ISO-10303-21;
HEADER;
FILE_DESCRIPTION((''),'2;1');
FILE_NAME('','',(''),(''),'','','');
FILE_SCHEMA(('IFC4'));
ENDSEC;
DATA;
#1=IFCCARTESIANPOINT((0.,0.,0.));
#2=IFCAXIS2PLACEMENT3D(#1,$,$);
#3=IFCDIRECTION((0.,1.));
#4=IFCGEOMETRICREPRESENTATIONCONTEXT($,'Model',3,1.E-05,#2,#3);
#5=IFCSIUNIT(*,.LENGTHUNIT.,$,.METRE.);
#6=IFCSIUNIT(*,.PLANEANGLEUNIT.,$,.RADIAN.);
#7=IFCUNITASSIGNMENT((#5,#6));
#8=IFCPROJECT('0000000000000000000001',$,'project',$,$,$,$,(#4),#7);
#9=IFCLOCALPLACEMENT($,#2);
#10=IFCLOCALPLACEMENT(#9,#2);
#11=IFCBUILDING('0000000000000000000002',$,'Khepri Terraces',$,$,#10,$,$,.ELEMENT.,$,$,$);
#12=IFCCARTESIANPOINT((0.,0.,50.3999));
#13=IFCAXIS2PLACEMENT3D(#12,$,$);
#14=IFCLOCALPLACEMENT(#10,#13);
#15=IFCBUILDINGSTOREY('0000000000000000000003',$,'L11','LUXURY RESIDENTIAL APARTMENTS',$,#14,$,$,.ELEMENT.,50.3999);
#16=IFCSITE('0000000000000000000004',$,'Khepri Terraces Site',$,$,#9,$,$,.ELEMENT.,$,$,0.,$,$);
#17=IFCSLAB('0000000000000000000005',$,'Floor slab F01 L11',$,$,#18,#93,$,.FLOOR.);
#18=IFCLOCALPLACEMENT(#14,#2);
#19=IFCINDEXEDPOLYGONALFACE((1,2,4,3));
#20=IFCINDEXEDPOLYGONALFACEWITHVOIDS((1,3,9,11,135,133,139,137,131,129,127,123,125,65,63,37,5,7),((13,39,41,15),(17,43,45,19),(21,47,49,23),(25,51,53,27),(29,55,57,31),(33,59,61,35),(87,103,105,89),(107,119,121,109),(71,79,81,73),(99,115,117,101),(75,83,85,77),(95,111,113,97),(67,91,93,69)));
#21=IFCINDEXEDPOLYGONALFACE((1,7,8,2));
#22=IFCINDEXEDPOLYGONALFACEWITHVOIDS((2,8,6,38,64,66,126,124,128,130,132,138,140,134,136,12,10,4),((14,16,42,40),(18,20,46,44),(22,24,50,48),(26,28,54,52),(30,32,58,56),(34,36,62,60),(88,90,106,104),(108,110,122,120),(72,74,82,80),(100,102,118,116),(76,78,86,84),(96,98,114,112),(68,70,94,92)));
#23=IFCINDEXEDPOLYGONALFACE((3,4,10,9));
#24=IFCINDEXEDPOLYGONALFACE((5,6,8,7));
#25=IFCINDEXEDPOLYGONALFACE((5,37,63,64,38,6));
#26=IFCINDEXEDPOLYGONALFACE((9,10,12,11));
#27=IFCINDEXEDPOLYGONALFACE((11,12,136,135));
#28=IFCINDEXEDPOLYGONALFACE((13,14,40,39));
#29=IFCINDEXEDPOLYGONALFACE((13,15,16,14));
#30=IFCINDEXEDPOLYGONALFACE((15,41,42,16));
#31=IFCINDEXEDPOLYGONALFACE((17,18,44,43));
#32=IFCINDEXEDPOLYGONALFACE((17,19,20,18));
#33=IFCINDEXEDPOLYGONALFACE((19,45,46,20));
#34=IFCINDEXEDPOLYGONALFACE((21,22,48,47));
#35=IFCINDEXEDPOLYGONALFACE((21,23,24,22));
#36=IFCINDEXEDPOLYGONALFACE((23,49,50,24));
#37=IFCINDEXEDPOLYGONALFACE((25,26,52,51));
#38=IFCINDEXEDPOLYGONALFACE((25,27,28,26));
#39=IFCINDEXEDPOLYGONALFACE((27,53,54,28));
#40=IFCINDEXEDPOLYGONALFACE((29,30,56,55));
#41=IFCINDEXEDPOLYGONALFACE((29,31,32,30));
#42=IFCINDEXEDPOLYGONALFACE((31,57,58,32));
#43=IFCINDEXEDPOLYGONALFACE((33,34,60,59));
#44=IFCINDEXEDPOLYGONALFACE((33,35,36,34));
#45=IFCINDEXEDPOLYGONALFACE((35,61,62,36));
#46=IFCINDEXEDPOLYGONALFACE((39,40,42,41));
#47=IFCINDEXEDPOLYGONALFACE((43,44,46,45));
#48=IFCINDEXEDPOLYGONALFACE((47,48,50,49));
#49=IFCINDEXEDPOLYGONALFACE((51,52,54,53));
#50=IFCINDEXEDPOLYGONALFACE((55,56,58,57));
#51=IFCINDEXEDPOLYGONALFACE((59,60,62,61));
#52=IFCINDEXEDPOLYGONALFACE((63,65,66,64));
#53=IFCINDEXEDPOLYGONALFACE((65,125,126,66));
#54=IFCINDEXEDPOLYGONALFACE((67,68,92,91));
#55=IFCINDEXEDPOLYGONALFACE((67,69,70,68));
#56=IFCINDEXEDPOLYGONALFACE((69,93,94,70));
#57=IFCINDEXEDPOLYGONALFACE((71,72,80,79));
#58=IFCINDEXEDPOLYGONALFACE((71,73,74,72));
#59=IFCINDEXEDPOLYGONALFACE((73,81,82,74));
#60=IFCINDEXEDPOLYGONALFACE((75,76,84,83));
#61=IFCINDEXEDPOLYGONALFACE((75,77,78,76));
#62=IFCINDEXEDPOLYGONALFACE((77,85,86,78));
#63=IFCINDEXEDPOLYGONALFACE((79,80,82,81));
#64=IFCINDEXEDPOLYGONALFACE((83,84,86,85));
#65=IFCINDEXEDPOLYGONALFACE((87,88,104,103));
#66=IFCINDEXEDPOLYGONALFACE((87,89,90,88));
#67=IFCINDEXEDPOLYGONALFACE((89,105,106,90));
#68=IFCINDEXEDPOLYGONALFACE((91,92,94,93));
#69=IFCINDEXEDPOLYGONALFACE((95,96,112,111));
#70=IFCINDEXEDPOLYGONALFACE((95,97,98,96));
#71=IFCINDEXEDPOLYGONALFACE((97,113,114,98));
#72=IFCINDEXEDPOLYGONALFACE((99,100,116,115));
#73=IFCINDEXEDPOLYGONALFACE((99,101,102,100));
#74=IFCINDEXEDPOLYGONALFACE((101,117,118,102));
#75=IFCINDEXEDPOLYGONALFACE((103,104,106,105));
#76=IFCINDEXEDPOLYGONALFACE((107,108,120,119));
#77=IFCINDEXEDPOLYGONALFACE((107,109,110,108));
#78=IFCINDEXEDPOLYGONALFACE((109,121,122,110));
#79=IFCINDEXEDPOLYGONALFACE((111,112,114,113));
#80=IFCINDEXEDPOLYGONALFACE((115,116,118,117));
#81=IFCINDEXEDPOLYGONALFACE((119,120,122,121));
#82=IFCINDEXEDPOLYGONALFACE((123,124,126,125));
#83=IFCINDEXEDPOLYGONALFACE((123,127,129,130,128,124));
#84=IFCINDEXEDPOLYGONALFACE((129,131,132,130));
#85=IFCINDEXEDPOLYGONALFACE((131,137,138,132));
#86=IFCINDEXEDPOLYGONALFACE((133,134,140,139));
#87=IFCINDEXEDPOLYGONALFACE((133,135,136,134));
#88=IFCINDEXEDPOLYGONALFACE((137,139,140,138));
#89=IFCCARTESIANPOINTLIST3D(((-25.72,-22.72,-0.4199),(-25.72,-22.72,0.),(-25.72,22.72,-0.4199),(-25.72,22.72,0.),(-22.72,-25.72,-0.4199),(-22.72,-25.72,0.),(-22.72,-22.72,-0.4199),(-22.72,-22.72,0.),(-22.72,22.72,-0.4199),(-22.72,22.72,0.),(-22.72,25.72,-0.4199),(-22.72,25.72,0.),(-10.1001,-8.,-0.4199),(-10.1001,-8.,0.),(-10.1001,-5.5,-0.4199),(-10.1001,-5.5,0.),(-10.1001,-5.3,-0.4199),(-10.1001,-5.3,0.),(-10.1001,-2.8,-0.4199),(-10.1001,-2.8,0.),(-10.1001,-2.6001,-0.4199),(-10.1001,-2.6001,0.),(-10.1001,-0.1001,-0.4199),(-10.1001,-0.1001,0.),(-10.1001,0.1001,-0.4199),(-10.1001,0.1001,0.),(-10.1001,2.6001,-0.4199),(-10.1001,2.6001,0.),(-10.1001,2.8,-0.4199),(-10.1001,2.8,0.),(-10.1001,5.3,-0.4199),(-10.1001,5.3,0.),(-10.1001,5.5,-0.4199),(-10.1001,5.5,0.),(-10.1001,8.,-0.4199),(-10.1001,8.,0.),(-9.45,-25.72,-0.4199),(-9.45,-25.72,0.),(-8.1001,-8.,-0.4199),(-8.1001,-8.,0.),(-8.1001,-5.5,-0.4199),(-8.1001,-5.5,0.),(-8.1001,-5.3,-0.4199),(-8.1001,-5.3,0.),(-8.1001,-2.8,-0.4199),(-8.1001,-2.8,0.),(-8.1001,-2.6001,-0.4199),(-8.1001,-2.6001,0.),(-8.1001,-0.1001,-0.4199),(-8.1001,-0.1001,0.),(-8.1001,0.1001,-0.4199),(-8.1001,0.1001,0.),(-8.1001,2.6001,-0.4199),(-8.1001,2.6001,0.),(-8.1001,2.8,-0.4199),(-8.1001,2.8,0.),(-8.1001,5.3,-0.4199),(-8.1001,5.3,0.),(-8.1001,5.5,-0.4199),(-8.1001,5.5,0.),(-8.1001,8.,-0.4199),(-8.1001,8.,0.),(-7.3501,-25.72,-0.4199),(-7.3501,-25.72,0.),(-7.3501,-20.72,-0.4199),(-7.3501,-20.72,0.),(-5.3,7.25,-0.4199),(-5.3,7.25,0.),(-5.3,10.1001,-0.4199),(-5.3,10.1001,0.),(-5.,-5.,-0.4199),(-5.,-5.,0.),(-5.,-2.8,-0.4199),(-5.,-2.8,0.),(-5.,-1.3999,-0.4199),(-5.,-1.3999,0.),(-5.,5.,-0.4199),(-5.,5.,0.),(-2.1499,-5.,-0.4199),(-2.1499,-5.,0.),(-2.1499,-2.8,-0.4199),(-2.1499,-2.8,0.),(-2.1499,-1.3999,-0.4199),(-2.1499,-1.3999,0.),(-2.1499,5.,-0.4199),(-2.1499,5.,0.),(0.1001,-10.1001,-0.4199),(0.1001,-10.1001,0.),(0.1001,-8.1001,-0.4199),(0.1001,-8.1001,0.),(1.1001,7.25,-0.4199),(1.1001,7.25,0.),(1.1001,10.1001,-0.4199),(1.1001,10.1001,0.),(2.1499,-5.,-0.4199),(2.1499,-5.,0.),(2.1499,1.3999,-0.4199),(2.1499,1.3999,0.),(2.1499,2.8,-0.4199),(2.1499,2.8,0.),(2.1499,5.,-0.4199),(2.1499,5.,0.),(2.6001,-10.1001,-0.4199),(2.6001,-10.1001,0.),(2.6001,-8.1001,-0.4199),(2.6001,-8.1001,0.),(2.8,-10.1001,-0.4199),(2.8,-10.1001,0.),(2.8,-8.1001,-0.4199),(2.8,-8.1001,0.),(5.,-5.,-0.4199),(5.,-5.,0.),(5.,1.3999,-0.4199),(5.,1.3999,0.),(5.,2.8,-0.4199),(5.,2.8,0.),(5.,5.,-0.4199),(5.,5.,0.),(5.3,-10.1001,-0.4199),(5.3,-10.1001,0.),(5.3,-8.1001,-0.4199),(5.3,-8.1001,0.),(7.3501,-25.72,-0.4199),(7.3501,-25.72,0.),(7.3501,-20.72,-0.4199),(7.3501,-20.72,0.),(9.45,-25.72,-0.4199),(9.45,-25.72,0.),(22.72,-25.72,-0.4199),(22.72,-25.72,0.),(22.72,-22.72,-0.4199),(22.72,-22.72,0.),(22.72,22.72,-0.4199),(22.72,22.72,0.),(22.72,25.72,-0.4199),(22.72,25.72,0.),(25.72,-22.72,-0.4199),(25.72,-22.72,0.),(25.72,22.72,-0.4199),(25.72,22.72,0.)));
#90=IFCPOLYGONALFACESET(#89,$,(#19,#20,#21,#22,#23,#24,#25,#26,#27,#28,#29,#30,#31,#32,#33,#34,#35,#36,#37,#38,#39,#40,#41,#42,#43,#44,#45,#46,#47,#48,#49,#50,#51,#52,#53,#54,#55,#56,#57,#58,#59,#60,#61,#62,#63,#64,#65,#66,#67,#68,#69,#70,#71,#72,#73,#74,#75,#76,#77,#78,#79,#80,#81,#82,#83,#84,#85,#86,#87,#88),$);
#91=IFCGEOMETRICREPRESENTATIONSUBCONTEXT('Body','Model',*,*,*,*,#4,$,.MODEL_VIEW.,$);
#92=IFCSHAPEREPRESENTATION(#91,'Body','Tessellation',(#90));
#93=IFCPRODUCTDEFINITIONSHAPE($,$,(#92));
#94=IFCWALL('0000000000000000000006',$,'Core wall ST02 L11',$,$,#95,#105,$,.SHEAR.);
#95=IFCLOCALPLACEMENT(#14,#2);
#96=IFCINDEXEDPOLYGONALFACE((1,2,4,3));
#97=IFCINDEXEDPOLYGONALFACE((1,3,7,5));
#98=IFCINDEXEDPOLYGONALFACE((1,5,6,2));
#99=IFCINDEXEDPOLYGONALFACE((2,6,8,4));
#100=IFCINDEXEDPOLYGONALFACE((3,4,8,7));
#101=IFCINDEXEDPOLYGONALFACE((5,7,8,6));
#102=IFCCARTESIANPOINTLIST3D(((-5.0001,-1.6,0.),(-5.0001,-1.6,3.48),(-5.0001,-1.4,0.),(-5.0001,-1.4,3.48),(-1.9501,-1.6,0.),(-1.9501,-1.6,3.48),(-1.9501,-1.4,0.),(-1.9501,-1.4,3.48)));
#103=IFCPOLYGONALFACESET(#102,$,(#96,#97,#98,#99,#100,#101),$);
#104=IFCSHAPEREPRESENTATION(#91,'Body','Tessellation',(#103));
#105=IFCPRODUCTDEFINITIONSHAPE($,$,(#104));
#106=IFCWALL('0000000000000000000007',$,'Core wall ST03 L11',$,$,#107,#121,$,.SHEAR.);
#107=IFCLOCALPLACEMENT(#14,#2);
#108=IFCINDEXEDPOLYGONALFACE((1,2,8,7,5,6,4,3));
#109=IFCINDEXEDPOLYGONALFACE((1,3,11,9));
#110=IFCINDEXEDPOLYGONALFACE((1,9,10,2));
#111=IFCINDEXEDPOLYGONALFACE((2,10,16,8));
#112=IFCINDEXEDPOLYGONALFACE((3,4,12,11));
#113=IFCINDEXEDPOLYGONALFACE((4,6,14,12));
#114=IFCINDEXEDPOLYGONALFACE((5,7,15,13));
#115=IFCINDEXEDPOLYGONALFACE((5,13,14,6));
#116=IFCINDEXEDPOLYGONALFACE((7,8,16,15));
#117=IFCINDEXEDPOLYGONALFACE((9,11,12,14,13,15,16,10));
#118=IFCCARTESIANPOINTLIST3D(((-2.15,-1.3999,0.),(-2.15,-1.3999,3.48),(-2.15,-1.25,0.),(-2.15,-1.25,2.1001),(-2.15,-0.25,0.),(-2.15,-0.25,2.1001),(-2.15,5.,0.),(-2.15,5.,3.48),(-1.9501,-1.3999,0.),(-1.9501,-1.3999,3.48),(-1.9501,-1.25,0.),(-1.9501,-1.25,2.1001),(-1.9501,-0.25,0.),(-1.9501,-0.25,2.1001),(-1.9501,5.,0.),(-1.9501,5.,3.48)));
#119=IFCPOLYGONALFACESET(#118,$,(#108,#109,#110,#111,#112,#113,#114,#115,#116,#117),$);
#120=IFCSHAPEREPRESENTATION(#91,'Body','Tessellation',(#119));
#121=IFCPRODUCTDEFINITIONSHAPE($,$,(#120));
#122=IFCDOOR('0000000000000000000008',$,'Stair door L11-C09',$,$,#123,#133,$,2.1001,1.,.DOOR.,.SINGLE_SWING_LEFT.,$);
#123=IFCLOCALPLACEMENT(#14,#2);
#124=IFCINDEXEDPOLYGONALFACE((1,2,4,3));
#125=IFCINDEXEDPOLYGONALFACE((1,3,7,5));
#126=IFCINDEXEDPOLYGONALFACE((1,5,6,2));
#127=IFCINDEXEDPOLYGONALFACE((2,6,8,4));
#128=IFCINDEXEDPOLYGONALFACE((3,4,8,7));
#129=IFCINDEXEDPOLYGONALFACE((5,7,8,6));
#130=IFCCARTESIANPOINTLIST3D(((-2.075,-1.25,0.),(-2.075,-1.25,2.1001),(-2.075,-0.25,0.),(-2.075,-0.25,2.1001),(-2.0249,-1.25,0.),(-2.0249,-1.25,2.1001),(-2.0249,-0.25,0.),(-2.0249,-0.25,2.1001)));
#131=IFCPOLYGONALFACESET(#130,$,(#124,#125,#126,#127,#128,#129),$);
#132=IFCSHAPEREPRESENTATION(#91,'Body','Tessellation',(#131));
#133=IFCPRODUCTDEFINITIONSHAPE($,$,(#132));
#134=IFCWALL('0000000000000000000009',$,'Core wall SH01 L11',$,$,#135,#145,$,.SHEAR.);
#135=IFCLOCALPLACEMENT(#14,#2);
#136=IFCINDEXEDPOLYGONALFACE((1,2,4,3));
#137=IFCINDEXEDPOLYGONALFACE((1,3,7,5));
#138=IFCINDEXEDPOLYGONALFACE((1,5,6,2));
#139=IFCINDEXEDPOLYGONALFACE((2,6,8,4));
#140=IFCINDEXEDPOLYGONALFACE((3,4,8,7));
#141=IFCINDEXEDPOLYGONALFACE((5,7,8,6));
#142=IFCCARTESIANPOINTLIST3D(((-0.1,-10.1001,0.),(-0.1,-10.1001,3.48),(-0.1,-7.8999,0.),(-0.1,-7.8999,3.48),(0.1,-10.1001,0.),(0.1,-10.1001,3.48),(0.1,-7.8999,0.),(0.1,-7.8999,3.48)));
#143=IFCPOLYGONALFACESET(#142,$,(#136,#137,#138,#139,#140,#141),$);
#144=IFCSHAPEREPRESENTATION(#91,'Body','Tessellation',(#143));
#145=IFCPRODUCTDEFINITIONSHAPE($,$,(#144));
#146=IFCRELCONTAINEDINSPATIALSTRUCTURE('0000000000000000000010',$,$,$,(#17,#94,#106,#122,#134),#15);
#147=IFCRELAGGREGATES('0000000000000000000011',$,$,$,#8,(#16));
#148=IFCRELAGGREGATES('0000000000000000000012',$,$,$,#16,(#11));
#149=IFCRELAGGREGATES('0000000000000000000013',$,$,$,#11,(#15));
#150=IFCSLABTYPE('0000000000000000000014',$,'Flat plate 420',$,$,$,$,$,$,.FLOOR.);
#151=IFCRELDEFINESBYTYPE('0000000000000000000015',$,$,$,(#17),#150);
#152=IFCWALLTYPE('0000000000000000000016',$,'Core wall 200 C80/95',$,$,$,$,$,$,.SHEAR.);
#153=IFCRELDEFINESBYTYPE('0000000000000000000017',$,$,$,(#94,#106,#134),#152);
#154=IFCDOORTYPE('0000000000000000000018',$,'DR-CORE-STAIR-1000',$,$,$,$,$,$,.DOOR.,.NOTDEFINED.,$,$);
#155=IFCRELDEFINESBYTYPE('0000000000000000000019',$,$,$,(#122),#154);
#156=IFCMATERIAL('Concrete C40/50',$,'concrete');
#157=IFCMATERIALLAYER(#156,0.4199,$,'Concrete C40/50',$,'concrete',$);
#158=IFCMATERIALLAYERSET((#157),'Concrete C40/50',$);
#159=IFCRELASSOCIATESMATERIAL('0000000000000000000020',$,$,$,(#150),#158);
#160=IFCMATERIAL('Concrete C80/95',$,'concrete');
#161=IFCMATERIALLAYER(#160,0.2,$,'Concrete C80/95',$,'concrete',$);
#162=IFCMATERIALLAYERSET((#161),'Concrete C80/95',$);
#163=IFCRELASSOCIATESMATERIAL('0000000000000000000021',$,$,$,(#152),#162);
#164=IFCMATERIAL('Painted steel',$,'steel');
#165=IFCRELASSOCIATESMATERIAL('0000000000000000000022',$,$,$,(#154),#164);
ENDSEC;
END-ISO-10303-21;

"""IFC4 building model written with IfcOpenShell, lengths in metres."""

from ifc_helpers import new_model, si_unit, direction, frame, frame_2d, origin, place, context, subcontext, project, spatial, polyline, rectangle, outline, extrude, material, layer, layer_set, type_object, element, fill, save


model = new_model("IFC4")

# Units and contexts
model_context = context("Model", 3, precision=1e-05, world=origin(), true_north=direction((0.0, 1.0)))
body_context = subcontext(model_context, "Body", "Model", "MODEL_VIEW")
ifc_project = project(units=[si_unit("LENGTHUNIT", "METRE"), si_unit("PLANEANGLEUNIT", "RADIAN")], contexts=[model_context])

# Site, building, storey
site_placement = place(None, origin())
site = spatial("IfcSite", under=ifc_project, at=site_placement, Name="Khepri Terraces Site", CompositionType="ELEMENT", RefElevation=0.0)
building_placement = place(site_placement, origin())
building = spatial("IfcBuilding", under=site, at=building_placement, Name="Khepri Terraces", CompositionType="ELEMENT")
storey_placement = place(building_placement, frame((0.0, 0.0, 50.3999)))
storey = spatial("IfcBuildingStorey", under=building, at=storey_placement, Name="L11", Description="LUXURY RESIDENTIAL APARTMENTS", CompositionType="ELEMENT", Elevation=50.3999)

# Slab
ifc_material_1 = material(Name="Concrete C40/50", Category="concrete")
ifc_layer_1 = layer(ifc_material_1, 0.4199, Name="Concrete C40/50", Category="concrete")
ifc_layer_set_1 = layer_set([ifc_layer_1], Name="Concrete C40/50")
slab_type = type_object("IfcSlabType", Name="Flat plate 420", PredefinedType="FLOOR", material=ifc_layer_set_1)
slab_placement = place(storey_placement, frame((0.0, 0.0, -0.4199)))
element("IfcSlab", 1, at=slab_placement, inside=storey, type_object=slab_type, Name="Floor slab F01 L11", PredefinedType="FLOOR", context=body_context, shape_type="SweptSolid", body=[
    extrude(outline(polyline([(22.72, -25.72), (9.45, -25.72), (7.3501, -25.72), (7.3501, -20.72), (-7.3501, -20.72), (-7.3501, -25.72), (-9.45, -25.72), (-22.72, -25.72), (-22.72, -22.72), (-25.72, -22.72), (-25.72, 22.72), (-22.72, 22.72), (-22.72, 25.72), (22.72, 25.72), (22.72, 22.72), (25.72, 22.72), (25.72, -22.72), (22.72, -22.72), (22.72, -25.72)]), holes=[polyline([(5.0, 5.0), (2.1499, 5.0), (2.1499, 2.8), (5.0, 2.8), (5.0, 5.0)]), polyline([(-2.1499, -5.0), (-2.1499, -2.8), (-5.0, -2.8), (-5.0, -5.0), (-2.1499, -5.0)]), polyline([(-10.1001, -8.0), (-8.1001, -8.0), (-8.1001, -5.5), (-10.1001, -5.5), (-10.1001, -8.0)]), polyline([(-10.1001, -2.8), (-10.1001, -5.3), (-8.1001, -5.3), (-8.1001, -2.8), (-10.1001, -2.8)]), polyline([(-8.1001, -0.1001), (-10.1001, -0.1001), (-10.1001, -2.6001), (-8.1001, -2.6001), (-8.1001, -0.1001)]), polyline([(-8.1001, 0.1001), (-8.1001, 2.6001), (-10.1001, 2.6001), (-10.1001, 0.1001), (-8.1001, 0.1001)]), polyline([(-10.1001, 2.8), (-8.1001, 2.8), (-8.1001, 5.3), (-10.1001, 5.3), (-10.1001, 2.8)]), polyline([(-10.1001, 8.0), (-10.1001, 5.5), (-8.1001, 5.5), (-8.1001, 8.0), (-10.1001, 8.0)]), polyline([(2.6001, -8.1001), (0.1001, -8.1001), (0.1001, -10.1001), (2.6001, -10.1001), (2.6001, -8.1001)]), polyline([(5.3, -10.1001), (5.3, -8.1001), (2.8, -8.1001), (2.8, -10.1001), (5.3, -10.1001)]), polyline([(-5.0, -1.3999), (-2.1499, -1.3999), (-2.1499, 5.0), (-5.0, 5.0), (-5.0, -1.3999)]), polyline([(5.0, -5.0), (5.0, 1.3999), (2.1499, 1.3999), (2.1499, -5.0), (5.0, -5.0)]), polyline([(-5.3, 10.1001), (-5.3, 7.25), (1.1001, 7.25), (1.1001, 10.1001), (-5.3, 10.1001)])]), origin(), (0.0, 0.0, 1.0), 0.4199),
])

# Wall
ifc_material_2 = material(Name="Concrete C80/95", Category="concrete")
ifc_layer_2 = layer(ifc_material_2, 0.2, Name="Concrete C80/95", Category="concrete")
ifc_layer_set_2 = layer_set([ifc_layer_2], Name="Concrete C80/95")
wall_type_1 = type_object("IfcWallType", Name="Core wall 200 C80/95", PredefinedType="SHEAR", material=ifc_layer_set_2)
wall_1_placement = place(storey_placement, frame((-5.0, -1.5, 0.0), z_axis=(0.0, 0.0, 1.0), x_axis=(1.0, 0.0, 0.0)))
element("IfcWall", 2, at=wall_1_placement, inside=storey, type_object=wall_type_1, Name="Core wall ST02 L11", PredefinedType="SHEAR", context=body_context, shape_type="SweptSolid", body=[
    extrude(rectangle(XDim=3.05, YDim=0.2, at=frame_2d((1.5249, 0.0))), origin(), (0.0, 0.0, 1.0), 3.48),
])

# Wall, opening, door
wall_2_placement = place(storey_placement, frame((-2.05, -1.3999, 0.0), z_axis=(0.0, 0.0, 1.0), x_axis=(0.0, 1.0, 0.0)))
wall_2 = element("IfcWall", 3, at=wall_2_placement, inside=storey, type_object=wall_type_1, Name="Core wall ST03 L11", PredefinedType="SHEAR", context=body_context, shape_type="SweptSolid", body=[
    extrude(rectangle(XDim=6.3999, YDim=0.2, at=frame_2d((3.2, 0.0))), origin(), (0.0, 0.0, 1.0), 3.48),
])
opening_1_placement = place(wall_2_placement, frame((0.1499, 0.0, 0.0)))
opening_1 = element("IfcOpeningElement", 4, at=opening_1_placement, cuts=wall_2, PredefinedType="OPENING", context=body_context, shape_type="SweptSolid", body=[
    extrude(rectangle(XDim=1.0, YDim=2.1001, at=frame_2d((0.5, 1.05))), frame((0.0, 0.1099, 0.0), z_axis=(0.0, -1.0, 0.0), x_axis=(1.0, 0.0, 0.0)), (0.0, 0.0, 1.0), 0.22),
])
ifc_material_3 = material(Name="Painted steel", Category="steel")
door_type_1 = type_object("IfcDoorType", Name="DR-CORE-STAIR-1000", OperationType="NOTDEFINED", PredefinedType="DOOR", material=ifc_material_3)
door_1_placement = place(opening_1_placement, origin())
door_1 = element("IfcDoor", 5, at=door_1_placement, inside=storey, type_object=door_type_1, Name="Stair door L11-C09", OperationType="SINGLE_SWING_LEFT", OverallHeight=2.1001, OverallWidth=1.0, PredefinedType="DOOR", context=body_context, shape_type="SweptSolid", body=[
    extrude(rectangle(XDim=1.0, YDim=2.1001, at=frame_2d((0.5, 1.05))), frame((0.0, 0.0249, 0.0), z_axis=(0.0, -1.0, 0.0), x_axis=(1.0, 0.0, 0.0)), (0.0, 0.0, 1.0), 0.05),
])
fill(opening_1, door_1)

# Wall
wall_3_placement = place(storey_placement, frame((0.0, -10.1001, 0.0), z_axis=(0.0, 0.0, 1.0), x_axis=(0.0, 1.0, 0.0)))
element("IfcWall", 6, at=wall_3_placement, inside=storey, type_object=wall_type_1, Name="Core wall SH01 L11", PredefinedType="SHEAR", context=body_context, shape_type="SweptSolid", body=[
    extrude(rectangle(XDim=2.2002, YDim=0.2, at=frame_2d((1.1001, 0.0))), origin(), (0.0, 0.0, 1.0), 3.48),
])

save(model, "model.ifc")
